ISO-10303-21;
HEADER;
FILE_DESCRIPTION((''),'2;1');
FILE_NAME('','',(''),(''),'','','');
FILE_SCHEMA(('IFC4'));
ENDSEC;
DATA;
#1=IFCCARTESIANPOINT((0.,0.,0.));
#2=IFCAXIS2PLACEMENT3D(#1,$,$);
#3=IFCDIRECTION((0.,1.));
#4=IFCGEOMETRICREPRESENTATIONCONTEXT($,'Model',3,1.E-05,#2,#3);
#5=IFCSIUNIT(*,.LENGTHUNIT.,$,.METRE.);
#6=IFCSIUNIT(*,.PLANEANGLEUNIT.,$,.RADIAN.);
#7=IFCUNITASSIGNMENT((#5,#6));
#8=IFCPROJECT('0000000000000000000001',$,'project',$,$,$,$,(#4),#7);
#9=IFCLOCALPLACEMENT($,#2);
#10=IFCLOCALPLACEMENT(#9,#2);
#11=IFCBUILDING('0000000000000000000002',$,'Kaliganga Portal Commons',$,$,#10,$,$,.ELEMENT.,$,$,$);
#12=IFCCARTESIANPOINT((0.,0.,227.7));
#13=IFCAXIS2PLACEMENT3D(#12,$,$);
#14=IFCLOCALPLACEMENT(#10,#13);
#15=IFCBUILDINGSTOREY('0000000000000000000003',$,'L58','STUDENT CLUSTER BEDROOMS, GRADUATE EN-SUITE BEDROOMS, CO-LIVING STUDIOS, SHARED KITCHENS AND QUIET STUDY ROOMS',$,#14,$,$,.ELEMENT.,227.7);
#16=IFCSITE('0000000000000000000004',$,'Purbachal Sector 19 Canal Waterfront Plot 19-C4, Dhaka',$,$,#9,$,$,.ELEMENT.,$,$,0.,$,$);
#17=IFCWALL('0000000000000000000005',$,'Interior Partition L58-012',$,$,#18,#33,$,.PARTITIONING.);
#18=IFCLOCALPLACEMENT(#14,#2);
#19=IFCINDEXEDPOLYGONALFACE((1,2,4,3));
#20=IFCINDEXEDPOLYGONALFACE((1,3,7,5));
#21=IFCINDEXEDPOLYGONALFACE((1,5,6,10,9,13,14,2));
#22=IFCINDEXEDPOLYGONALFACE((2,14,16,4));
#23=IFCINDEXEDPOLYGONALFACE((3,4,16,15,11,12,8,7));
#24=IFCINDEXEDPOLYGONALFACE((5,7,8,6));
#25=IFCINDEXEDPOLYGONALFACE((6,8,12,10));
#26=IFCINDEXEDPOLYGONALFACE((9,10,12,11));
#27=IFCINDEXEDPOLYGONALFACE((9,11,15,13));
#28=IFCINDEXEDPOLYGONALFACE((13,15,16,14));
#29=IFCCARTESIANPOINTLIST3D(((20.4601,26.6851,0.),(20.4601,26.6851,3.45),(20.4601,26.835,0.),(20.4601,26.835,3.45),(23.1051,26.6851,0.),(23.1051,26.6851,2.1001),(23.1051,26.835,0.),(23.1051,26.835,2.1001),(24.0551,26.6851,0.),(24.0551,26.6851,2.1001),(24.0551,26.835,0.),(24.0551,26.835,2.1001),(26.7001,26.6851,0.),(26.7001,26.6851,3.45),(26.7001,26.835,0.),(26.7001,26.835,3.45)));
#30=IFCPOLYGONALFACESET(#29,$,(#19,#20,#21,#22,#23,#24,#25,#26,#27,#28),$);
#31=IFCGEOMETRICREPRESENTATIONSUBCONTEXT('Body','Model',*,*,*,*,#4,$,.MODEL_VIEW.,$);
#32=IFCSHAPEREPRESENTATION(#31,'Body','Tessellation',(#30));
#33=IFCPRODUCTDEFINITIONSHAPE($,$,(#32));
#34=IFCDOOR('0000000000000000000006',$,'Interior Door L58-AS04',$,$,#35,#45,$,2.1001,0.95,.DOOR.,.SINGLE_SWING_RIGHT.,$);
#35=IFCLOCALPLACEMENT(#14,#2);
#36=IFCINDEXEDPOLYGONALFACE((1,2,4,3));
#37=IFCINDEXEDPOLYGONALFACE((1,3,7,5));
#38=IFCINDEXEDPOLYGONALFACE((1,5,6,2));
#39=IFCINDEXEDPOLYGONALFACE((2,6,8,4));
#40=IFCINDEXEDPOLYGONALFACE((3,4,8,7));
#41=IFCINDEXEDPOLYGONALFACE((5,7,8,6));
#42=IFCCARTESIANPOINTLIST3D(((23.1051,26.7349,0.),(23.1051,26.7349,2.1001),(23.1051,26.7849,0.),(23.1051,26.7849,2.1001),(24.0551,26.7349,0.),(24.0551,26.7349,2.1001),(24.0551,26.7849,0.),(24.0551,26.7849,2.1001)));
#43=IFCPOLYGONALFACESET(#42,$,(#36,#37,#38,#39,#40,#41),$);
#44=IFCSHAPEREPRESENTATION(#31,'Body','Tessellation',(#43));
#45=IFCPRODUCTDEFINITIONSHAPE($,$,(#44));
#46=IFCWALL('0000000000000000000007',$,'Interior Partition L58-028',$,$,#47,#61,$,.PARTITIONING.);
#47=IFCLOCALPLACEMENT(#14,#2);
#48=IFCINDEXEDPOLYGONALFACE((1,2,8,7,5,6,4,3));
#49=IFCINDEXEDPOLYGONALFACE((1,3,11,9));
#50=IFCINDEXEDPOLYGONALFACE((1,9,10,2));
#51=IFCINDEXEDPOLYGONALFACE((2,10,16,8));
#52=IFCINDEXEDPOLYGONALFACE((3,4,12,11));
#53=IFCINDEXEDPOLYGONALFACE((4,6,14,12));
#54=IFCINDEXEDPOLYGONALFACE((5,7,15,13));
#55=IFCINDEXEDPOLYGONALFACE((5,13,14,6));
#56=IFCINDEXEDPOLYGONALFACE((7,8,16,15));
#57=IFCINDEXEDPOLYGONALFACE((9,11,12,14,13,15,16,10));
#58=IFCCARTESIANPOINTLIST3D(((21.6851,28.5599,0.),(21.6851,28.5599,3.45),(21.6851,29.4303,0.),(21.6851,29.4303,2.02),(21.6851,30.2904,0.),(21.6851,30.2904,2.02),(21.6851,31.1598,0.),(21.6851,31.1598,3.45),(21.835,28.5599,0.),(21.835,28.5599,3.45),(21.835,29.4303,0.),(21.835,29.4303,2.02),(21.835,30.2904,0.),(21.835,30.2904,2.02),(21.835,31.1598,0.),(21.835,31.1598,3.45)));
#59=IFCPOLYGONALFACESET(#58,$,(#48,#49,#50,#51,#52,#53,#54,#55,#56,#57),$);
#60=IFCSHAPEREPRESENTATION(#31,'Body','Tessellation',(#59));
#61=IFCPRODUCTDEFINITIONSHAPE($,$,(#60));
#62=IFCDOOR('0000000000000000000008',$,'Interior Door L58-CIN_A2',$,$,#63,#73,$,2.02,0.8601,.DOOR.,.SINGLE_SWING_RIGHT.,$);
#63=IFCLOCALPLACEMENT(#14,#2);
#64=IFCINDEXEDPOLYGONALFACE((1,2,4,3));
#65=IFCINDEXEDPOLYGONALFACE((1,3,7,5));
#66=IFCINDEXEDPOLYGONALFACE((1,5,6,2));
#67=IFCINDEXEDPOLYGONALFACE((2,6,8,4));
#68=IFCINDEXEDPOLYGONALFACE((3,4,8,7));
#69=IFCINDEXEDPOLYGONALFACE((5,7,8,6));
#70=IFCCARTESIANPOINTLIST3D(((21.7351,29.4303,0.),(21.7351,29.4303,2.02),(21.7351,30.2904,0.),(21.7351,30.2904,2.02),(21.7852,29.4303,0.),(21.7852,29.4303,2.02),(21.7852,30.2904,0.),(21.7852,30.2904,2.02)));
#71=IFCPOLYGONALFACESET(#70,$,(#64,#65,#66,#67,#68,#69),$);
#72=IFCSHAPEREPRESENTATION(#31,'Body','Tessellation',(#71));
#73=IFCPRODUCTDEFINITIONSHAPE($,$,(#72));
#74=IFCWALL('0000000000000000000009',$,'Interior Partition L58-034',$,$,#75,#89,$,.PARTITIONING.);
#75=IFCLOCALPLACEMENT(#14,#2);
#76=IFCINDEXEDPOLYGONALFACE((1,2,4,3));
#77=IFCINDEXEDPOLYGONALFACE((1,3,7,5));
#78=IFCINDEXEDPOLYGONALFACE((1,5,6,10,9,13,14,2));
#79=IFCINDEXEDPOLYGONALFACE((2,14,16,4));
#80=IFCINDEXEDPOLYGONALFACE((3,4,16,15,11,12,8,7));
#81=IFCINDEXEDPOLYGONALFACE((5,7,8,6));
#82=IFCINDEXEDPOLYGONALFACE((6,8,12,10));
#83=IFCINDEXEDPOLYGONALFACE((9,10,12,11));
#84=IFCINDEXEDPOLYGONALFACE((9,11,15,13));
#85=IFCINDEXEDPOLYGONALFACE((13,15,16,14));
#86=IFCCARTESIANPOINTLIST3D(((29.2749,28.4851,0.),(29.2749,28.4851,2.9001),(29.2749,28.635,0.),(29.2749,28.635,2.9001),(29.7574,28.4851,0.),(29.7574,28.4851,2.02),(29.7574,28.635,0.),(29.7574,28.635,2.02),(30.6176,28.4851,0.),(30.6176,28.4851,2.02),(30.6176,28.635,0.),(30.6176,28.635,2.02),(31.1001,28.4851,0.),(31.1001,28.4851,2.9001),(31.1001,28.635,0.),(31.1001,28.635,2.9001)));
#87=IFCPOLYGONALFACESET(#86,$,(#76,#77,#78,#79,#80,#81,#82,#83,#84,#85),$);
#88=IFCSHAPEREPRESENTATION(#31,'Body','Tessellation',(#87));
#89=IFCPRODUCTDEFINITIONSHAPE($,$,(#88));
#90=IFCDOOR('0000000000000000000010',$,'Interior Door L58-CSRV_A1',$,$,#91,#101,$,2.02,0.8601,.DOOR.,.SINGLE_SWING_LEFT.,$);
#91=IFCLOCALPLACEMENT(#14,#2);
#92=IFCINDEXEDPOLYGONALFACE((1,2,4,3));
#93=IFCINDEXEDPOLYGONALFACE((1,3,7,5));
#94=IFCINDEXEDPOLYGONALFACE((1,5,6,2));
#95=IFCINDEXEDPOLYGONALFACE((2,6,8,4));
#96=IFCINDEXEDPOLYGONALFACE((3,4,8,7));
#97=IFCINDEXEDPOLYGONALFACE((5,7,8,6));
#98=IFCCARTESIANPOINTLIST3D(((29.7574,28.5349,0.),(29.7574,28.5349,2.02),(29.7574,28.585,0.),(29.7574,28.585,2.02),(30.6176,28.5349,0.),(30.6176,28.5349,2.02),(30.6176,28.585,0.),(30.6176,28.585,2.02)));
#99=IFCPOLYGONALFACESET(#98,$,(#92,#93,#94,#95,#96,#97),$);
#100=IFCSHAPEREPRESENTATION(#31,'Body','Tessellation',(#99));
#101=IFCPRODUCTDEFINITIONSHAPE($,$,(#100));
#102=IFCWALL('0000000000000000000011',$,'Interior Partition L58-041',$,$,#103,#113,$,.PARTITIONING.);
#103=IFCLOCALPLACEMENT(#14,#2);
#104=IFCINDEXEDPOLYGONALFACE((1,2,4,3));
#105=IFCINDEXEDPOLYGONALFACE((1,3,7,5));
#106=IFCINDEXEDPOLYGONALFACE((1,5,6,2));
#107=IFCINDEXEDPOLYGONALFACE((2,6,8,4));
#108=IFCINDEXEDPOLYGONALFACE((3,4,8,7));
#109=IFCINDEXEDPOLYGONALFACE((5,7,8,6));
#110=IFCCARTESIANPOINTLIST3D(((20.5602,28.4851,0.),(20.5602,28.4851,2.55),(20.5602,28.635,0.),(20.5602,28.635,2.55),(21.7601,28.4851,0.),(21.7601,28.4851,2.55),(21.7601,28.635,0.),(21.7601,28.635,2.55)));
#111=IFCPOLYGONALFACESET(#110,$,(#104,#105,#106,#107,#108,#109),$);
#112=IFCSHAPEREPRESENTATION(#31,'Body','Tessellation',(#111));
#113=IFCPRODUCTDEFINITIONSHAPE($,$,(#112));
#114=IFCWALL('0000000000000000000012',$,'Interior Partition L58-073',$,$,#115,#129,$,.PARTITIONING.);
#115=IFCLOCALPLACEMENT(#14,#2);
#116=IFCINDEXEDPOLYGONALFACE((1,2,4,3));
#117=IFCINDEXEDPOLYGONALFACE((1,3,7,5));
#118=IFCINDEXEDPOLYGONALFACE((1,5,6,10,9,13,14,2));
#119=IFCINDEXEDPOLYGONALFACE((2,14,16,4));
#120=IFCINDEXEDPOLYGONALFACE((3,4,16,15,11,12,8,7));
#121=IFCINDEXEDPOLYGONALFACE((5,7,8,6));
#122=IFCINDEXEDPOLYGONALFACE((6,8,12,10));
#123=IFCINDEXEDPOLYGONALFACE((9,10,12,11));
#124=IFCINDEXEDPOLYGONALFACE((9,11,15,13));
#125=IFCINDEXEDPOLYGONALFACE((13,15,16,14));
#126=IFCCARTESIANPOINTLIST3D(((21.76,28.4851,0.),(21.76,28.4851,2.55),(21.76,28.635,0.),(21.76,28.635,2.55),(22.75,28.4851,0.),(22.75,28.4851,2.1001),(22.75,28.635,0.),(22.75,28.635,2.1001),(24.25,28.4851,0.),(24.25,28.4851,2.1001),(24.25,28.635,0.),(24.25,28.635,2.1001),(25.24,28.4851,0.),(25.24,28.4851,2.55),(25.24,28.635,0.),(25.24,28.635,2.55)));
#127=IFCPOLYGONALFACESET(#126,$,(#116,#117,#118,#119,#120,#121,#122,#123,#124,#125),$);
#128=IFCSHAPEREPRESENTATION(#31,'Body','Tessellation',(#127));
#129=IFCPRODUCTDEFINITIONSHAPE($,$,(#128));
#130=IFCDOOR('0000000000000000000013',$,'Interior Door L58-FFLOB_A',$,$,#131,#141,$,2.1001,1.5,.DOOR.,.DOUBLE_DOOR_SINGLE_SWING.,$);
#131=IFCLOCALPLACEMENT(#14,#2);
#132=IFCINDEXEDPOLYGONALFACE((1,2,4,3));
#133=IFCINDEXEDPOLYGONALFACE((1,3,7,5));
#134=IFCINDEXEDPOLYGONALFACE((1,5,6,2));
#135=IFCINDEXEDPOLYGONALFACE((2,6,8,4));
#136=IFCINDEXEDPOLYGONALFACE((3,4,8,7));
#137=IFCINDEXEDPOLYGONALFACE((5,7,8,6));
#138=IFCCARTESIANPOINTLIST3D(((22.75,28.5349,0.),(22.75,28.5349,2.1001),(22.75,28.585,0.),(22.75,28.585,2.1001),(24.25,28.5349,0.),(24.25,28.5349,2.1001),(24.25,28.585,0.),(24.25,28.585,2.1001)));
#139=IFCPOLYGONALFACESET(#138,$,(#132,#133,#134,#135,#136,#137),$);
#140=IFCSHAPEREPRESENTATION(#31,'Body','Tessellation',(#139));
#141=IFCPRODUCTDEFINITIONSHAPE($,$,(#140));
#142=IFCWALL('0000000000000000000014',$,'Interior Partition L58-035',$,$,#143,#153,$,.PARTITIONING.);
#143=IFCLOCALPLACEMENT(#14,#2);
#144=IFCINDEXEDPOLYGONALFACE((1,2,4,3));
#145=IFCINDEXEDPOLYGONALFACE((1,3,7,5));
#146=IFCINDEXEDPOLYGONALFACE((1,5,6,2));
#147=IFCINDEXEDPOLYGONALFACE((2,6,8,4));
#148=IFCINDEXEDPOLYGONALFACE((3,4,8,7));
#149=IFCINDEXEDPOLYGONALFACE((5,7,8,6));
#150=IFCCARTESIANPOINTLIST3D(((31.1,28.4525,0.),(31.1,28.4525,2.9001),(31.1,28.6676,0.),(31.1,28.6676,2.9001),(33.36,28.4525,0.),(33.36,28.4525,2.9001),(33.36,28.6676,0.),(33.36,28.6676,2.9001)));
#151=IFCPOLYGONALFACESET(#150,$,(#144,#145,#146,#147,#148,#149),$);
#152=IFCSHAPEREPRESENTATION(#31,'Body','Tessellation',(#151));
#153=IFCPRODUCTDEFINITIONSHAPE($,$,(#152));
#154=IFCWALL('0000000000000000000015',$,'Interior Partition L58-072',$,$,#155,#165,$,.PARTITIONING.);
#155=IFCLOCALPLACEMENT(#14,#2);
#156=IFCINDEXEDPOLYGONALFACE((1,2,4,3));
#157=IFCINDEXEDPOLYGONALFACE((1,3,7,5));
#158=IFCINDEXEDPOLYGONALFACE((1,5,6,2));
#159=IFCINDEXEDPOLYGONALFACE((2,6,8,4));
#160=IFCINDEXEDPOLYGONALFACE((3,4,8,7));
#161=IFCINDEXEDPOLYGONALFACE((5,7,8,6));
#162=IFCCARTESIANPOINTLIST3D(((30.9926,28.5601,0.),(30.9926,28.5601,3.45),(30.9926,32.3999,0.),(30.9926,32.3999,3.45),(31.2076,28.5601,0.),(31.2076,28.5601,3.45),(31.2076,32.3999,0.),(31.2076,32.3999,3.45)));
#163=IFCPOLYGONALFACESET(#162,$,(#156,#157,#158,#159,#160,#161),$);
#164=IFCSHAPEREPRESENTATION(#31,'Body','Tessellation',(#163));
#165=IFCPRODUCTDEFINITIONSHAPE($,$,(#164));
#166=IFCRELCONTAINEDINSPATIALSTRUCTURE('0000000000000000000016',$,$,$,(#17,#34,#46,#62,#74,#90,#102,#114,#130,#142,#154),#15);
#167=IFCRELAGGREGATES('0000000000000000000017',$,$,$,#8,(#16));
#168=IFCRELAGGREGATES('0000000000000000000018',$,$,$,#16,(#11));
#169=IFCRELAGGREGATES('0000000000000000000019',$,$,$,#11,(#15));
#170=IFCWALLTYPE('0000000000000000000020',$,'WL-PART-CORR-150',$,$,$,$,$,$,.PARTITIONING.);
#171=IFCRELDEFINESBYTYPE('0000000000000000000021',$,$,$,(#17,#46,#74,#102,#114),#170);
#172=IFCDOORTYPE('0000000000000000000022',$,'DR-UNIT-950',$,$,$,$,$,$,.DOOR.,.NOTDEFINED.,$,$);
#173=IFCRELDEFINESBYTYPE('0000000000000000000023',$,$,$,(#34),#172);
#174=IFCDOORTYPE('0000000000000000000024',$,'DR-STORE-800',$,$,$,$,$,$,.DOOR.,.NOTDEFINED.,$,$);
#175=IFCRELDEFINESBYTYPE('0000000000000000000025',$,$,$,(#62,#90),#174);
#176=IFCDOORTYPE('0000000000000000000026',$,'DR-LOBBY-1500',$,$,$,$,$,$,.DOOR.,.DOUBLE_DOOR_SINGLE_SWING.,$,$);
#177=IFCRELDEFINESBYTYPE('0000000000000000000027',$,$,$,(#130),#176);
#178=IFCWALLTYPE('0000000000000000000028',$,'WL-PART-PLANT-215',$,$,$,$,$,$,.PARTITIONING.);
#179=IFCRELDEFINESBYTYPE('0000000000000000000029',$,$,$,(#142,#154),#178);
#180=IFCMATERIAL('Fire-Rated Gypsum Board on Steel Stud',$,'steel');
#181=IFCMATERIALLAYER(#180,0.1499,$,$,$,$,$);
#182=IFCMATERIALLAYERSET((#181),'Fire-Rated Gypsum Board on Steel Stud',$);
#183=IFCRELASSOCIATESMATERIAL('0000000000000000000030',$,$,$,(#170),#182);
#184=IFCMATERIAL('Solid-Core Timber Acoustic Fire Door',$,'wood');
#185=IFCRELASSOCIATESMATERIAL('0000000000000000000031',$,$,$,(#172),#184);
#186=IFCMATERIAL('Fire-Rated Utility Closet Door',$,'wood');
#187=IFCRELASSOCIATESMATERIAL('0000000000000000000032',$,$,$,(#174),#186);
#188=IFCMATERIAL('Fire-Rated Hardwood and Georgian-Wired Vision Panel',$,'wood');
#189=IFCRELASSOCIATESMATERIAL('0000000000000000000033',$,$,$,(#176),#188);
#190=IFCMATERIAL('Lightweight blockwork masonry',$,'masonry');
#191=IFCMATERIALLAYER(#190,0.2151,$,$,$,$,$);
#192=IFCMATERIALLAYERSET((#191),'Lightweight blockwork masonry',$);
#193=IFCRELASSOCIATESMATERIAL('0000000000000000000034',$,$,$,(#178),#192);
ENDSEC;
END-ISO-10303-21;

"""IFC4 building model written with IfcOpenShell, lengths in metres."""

from ifc_helpers import new_model, si_unit, direction, frame, frame_2d, origin, place, context, subcontext, project, spatial, rectangle, extrude, material, layer, layer_set, type_object, element, fill, save


model = new_model("IFC4")

# Units and contexts
model_context = context("Model", 3, precision=1e-05, world=origin(), true_north=direction((0.0, 1.0)))
body_context = subcontext(model_context, "Body", "Model", "MODEL_VIEW")
ifc_project = project(units=[si_unit("LENGTHUNIT", "METRE"), si_unit("PLANEANGLEUNIT", "RADIAN")], contexts=[model_context])

# Site, building, storey
site_placement = place(None, origin())
site = spatial("IfcSite", under=ifc_project, at=site_placement, Name="Purbachal Sector 19 Canal Waterfront Plot 19-C4, Dhaka", CompositionType="ELEMENT", RefElevation=0.0)
building_placement = place(site_placement, origin())
building = spatial("IfcBuilding", under=site, at=building_placement, Name="Kaliganga Portal Commons", CompositionType="ELEMENT")
storey_placement = place(building_placement, frame((0.0, 0.0, 227.7)))
storey = spatial("IfcBuildingStorey", under=building, at=storey_placement, Name="L58", Description="STUDENT CLUSTER BEDROOMS, GRADUATE EN-SUITE BEDROOMS, CO-LIVING STUDIOS, SHARED KITCHENS AND QUIET STUDY ROOMS", CompositionType="ELEMENT", Elevation=227.7)

# Walls, openings, doors
ifc_material_1 = material(Name="Fire-Rated Gypsum Board on Steel Stud", Category="steel")
ifc_layer_1 = layer(ifc_material_1, 0.1499)
ifc_layer_set_1 = layer_set([ifc_layer_1], Name="Fire-Rated Gypsum Board on Steel Stud")
wall_type_1 = type_object("IfcWallType", Name="WL-PART-CORR-150", PredefinedType="PARTITIONING", material=ifc_layer_set_1)
ifc_material_2 = material(Name="Solid-Core Timber Acoustic Fire Door", Category="wood")
door_type_1 = type_object("IfcDoorType", Name="DR-UNIT-950", OperationType="NOTDEFINED", PredefinedType="DOOR", material=ifc_material_2)
wall_1_placement = place(storey_placement, frame((20.46, 26.76, 0.0), z_axis=(0.0, 0.0, 1.0), x_axis=(1.0, 0.0, 0.0)))
wall_1 = element("IfcWall", 1, at=wall_1_placement, inside=storey, type_object=wall_type_1, Name="Interior Partition L58-012", PredefinedType="PARTITIONING", context=body_context, shape_type="SweptSolid", body=[
    extrude(rectangle(XDim=6.24, YDim=0.1499, at=frame_2d((3.1201, 0.0))), origin(), (0.0, 0.0, 1.0), 3.45),
])
opening_1_placement = place(wall_1_placement, frame((2.645, 0.0, 0.0)))
opening_1 = element("IfcOpeningElement", 2, at=opening_1_placement, cuts=wall_1, PredefinedType="OPENING", context=body_context, shape_type="SweptSolid", body=[
    extrude(rectangle(XDim=0.95, YDim=2.1001, at=frame_2d((0.4751, 1.05))), frame((0.0, 0.085, 0.0), z_axis=(0.0, -1.0, 0.0), x_axis=(1.0, 0.0, 0.0)), (0.0, 0.0, 1.0), 0.1699),
])
door_1_placement = place(opening_1_placement, origin())
door_1 = element("IfcDoor", 3, at=door_1_placement, inside=storey, type_object=door_type_1, Name="Interior Door L58-AS04", OperationType="SINGLE_SWING_RIGHT", OverallHeight=2.1001, OverallWidth=0.95, PredefinedType="DOOR", context=body_context, shape_type="SweptSolid", body=[
    extrude(rectangle(XDim=0.95, YDim=2.1001, at=frame_2d((0.4751, 1.05))), frame((0.0, 0.0249, 0.0), z_axis=(0.0, -1.0, 0.0), x_axis=(1.0, 0.0, 0.0)), (0.0, 0.0, 1.0), 0.05),
])
fill(opening_1, door_1)
wall_2_placement = place(storey_placement, frame((21.76, 28.5601, 0.0), z_axis=(0.0, 0.0, 1.0), x_axis=(0.0, 1.0, 0.0)))
wall_2 = element("IfcWall", 4, at=wall_2_placement, inside=storey, type_object=wall_type_1, Name="Interior Partition L58-028", PredefinedType="PARTITIONING", context=body_context, shape_type="SweptSolid", body=[
    extrude(rectangle(XDim=2.5999, YDim=0.1499, at=frame_2d((1.2998, 0.0))), origin(), (0.0, 0.0, 1.0), 3.45),
])
opening_2_placement = place(wall_2_placement, frame((0.8701, 0.0, 0.0)))
opening_2 = element("IfcOpeningElement", 5, at=opening_2_placement, cuts=wall_2, PredefinedType="OPENING", context=body_context, shape_type="SweptSolid", body=[
    extrude(rectangle(XDim=0.8601, YDim=2.02, at=frame_2d((0.4302, 1.01))), frame((0.0, 0.085, 0.0), z_axis=(0.0, -1.0, 0.0), x_axis=(1.0, 0.0, 0.0)), (0.0, 0.0, 1.0), 0.1699),
])
ifc_material_3 = material(Name="Fire-Rated Utility Closet Door", Category="wood")
door_type_2 = type_object("IfcDoorType", Name="DR-STORE-800", OperationType="NOTDEFINED", PredefinedType="DOOR", material=ifc_material_3)
door_2_placement = place(opening_2_placement, origin())
door_2 = element("IfcDoor", 6, at=door_2_placement, inside=storey, type_object=door_type_2, Name="Interior Door L58-CIN_A2", OperationType="SINGLE_SWING_RIGHT", OverallHeight=2.02, OverallWidth=0.8601, PredefinedType="DOOR", context=body_context, shape_type="SweptSolid", body=[
    extrude(rectangle(XDim=0.8601, YDim=2.02, at=frame_2d((0.4302, 1.01))), frame((0.0, 0.0249, 0.0), z_axis=(0.0, -1.0, 0.0), x_axis=(1.0, 0.0, 0.0)), (0.0, 0.0, 1.0), 0.05),
])
fill(opening_2, door_2)
wall_3_placement = place(storey_placement, frame((29.2749, 28.5601, 0.0), z_axis=(0.0, 0.0, 1.0), x_axis=(1.0, 0.0, 0.0)))
wall_3 = element("IfcWall", 7, at=wall_3_placement, inside=storey, type_object=wall_type_1, Name="Interior Partition L58-034", PredefinedType="PARTITIONING", context=body_context, shape_type="SweptSolid", body=[
    extrude(rectangle(XDim=1.8252, YDim=0.1499, at=frame_2d((0.9126, 0.0))), origin(), (0.0, 0.0, 1.0), 2.9001),
])
opening_3_placement = place(wall_3_placement, frame((0.4824, 0.0, 0.0)))
opening_3 = element("IfcOpeningElement", 8, at=opening_3_placement, cuts=wall_3, PredefinedType="OPENING", context=body_context, shape_type="SweptSolid", body=[
    extrude(rectangle(XDim=0.8601, YDim=2.02, at=frame_2d((0.4302, 1.01))), frame((0.0, 0.085, 0.0), z_axis=(0.0, -1.0, 0.0), x_axis=(1.0, 0.0, 0.0)), (0.0, 0.0, 1.0), 0.1699),
])
door_3_placement = place(opening_3_placement, origin())
door_3 = element("IfcDoor", 9, at=door_3_placement, inside=storey, type_object=door_type_2, Name="Interior Door L58-CSRV_A1", OperationType="SINGLE_SWING_LEFT", OverallHeight=2.02, OverallWidth=0.8601, PredefinedType="DOOR", context=body_context, shape_type="SweptSolid", body=[
    extrude(rectangle(XDim=0.8601, YDim=2.02, at=frame_2d((0.4302, 1.01))), frame((0.0, 0.0249, 0.0), z_axis=(0.0, -1.0, 0.0), x_axis=(1.0, 0.0, 0.0)), (0.0, 0.0, 1.0), 0.05),
])
fill(opening_3, door_3)

# Wall
wall_4_placement = place(storey_placement, frame((20.5601, 28.5601, 0.0), z_axis=(0.0, 0.0, 1.0), x_axis=(1.0, 0.0, 0.0)))
element("IfcWall", 10, at=wall_4_placement, inside=storey, type_object=wall_type_1, Name="Interior Partition L58-041", PredefinedType="PARTITIONING", context=body_context, shape_type="SweptSolid", body=[
    extrude(rectangle(XDim=1.2, YDim=0.1499, at=frame_2d((0.6001, 0.0))), origin(), (0.0, 0.0, 1.0), 2.55),
])

# Wall, opening, door
wall_5_placement = place(storey_placement, frame((21.76, 28.5601, 0.0), z_axis=(0.0, 0.0, 1.0), x_axis=(1.0, 0.0, 0.0)))
wall_5 = element("IfcWall", 11, at=wall_5_placement, inside=storey, type_object=wall_type_1, Name="Interior Partition L58-073", PredefinedType="PARTITIONING", context=body_context, shape_type="SweptSolid", body=[
    extrude(rectangle(XDim=3.48, YDim=0.1499, at=frame_2d((1.74, 0.0))), origin(), (0.0, 0.0, 1.0), 2.55),
])
opening_4_placement = place(wall_5_placement, frame((0.99, 0.0, 0.0)))
opening_4 = element("IfcOpeningElement", 12, at=opening_4_placement, cuts=wall_5, PredefinedType="OPENING", context=body_context, shape_type="SweptSolid", body=[
    extrude(rectangle(XDim=1.5, YDim=2.1001, at=frame_2d((0.75, 1.05))), frame((0.0, 0.085, 0.0), z_axis=(0.0, -1.0, 0.0), x_axis=(1.0, 0.0, 0.0)), (0.0, 0.0, 1.0), 0.1699),
])
ifc_material_4 = material(Name="Fire-Rated Hardwood and Georgian-Wired Vision Panel", Category="wood")
door_type_3 = type_object("IfcDoorType", Name="DR-LOBBY-1500", OperationType="DOUBLE_DOOR_SINGLE_SWING", PredefinedType="DOOR", material=ifc_material_4)
door_4_placement = place(opening_4_placement, origin())
door_4 = element("IfcDoor", 13, at=door_4_placement, inside=storey, type_object=door_type_3, Name="Interior Door L58-FFLOB_A", OperationType="DOUBLE_DOOR_SINGLE_SWING", OverallHeight=2.1001, OverallWidth=1.5, PredefinedType="DOOR", context=body_context, shape_type="SweptSolid", body=[
    extrude(rectangle(XDim=1.5, YDim=2.1001, at=frame_2d((0.75, 1.05))), frame((0.0, 0.0249, 0.0), z_axis=(0.0, -1.0, 0.0), x_axis=(1.0, 0.0, 0.0)), (0.0, 0.0, 1.0), 0.05),
])
fill(opening_4, door_4)

# Walls
ifc_material_5 = material(Name="Lightweight blockwork masonry", Category="masonry")
ifc_layer_2 = layer(ifc_material_5, 0.2151)
ifc_layer_set_2 = layer_set([ifc_layer_2], Name="Lightweight blockwork masonry")
wall_type_2 = type_object("IfcWallType", Name="WL-PART-PLANT-215", PredefinedType="PARTITIONING", material=ifc_layer_set_2)
wall_6_placement = place(storey_placement, frame((31.1001, 28.5601, 0.0), z_axis=(0.0, 0.0, 1.0), x_axis=(1.0, 0.0, 0.0)))
element("IfcWall", 14, at=wall_6_placement, inside=storey, type_object=wall_type_2, Name="Interior Partition L58-035", PredefinedType="PARTITIONING", context=body_context, shape_type="SweptSolid", body=[
    extrude(rectangle(XDim=2.26, YDim=0.2151, at=frame_2d((1.1299, 0.0))), origin(), (0.0, 0.0, 1.0), 2.9001),
])
wall_7_placement = place(storey_placement, frame((31.1001, 28.5601, 0.0), z_axis=(0.0, 0.0, 1.0), x_axis=(0.0, 1.0, 0.0)))
element("IfcWall", 15, at=wall_7_placement, inside=storey, type_object=wall_type_2, Name="Interior Partition L58-072", PredefinedType="PARTITIONING", context=body_context, shape_type="SweptSolid", body=[
    extrude(rectangle(XDim=3.8398, YDim=0.2151, at=frame_2d((1.9199, 0.0))), origin(), (0.0, 0.0, 1.0), 3.45),
])

save(model, "model.ifc")
